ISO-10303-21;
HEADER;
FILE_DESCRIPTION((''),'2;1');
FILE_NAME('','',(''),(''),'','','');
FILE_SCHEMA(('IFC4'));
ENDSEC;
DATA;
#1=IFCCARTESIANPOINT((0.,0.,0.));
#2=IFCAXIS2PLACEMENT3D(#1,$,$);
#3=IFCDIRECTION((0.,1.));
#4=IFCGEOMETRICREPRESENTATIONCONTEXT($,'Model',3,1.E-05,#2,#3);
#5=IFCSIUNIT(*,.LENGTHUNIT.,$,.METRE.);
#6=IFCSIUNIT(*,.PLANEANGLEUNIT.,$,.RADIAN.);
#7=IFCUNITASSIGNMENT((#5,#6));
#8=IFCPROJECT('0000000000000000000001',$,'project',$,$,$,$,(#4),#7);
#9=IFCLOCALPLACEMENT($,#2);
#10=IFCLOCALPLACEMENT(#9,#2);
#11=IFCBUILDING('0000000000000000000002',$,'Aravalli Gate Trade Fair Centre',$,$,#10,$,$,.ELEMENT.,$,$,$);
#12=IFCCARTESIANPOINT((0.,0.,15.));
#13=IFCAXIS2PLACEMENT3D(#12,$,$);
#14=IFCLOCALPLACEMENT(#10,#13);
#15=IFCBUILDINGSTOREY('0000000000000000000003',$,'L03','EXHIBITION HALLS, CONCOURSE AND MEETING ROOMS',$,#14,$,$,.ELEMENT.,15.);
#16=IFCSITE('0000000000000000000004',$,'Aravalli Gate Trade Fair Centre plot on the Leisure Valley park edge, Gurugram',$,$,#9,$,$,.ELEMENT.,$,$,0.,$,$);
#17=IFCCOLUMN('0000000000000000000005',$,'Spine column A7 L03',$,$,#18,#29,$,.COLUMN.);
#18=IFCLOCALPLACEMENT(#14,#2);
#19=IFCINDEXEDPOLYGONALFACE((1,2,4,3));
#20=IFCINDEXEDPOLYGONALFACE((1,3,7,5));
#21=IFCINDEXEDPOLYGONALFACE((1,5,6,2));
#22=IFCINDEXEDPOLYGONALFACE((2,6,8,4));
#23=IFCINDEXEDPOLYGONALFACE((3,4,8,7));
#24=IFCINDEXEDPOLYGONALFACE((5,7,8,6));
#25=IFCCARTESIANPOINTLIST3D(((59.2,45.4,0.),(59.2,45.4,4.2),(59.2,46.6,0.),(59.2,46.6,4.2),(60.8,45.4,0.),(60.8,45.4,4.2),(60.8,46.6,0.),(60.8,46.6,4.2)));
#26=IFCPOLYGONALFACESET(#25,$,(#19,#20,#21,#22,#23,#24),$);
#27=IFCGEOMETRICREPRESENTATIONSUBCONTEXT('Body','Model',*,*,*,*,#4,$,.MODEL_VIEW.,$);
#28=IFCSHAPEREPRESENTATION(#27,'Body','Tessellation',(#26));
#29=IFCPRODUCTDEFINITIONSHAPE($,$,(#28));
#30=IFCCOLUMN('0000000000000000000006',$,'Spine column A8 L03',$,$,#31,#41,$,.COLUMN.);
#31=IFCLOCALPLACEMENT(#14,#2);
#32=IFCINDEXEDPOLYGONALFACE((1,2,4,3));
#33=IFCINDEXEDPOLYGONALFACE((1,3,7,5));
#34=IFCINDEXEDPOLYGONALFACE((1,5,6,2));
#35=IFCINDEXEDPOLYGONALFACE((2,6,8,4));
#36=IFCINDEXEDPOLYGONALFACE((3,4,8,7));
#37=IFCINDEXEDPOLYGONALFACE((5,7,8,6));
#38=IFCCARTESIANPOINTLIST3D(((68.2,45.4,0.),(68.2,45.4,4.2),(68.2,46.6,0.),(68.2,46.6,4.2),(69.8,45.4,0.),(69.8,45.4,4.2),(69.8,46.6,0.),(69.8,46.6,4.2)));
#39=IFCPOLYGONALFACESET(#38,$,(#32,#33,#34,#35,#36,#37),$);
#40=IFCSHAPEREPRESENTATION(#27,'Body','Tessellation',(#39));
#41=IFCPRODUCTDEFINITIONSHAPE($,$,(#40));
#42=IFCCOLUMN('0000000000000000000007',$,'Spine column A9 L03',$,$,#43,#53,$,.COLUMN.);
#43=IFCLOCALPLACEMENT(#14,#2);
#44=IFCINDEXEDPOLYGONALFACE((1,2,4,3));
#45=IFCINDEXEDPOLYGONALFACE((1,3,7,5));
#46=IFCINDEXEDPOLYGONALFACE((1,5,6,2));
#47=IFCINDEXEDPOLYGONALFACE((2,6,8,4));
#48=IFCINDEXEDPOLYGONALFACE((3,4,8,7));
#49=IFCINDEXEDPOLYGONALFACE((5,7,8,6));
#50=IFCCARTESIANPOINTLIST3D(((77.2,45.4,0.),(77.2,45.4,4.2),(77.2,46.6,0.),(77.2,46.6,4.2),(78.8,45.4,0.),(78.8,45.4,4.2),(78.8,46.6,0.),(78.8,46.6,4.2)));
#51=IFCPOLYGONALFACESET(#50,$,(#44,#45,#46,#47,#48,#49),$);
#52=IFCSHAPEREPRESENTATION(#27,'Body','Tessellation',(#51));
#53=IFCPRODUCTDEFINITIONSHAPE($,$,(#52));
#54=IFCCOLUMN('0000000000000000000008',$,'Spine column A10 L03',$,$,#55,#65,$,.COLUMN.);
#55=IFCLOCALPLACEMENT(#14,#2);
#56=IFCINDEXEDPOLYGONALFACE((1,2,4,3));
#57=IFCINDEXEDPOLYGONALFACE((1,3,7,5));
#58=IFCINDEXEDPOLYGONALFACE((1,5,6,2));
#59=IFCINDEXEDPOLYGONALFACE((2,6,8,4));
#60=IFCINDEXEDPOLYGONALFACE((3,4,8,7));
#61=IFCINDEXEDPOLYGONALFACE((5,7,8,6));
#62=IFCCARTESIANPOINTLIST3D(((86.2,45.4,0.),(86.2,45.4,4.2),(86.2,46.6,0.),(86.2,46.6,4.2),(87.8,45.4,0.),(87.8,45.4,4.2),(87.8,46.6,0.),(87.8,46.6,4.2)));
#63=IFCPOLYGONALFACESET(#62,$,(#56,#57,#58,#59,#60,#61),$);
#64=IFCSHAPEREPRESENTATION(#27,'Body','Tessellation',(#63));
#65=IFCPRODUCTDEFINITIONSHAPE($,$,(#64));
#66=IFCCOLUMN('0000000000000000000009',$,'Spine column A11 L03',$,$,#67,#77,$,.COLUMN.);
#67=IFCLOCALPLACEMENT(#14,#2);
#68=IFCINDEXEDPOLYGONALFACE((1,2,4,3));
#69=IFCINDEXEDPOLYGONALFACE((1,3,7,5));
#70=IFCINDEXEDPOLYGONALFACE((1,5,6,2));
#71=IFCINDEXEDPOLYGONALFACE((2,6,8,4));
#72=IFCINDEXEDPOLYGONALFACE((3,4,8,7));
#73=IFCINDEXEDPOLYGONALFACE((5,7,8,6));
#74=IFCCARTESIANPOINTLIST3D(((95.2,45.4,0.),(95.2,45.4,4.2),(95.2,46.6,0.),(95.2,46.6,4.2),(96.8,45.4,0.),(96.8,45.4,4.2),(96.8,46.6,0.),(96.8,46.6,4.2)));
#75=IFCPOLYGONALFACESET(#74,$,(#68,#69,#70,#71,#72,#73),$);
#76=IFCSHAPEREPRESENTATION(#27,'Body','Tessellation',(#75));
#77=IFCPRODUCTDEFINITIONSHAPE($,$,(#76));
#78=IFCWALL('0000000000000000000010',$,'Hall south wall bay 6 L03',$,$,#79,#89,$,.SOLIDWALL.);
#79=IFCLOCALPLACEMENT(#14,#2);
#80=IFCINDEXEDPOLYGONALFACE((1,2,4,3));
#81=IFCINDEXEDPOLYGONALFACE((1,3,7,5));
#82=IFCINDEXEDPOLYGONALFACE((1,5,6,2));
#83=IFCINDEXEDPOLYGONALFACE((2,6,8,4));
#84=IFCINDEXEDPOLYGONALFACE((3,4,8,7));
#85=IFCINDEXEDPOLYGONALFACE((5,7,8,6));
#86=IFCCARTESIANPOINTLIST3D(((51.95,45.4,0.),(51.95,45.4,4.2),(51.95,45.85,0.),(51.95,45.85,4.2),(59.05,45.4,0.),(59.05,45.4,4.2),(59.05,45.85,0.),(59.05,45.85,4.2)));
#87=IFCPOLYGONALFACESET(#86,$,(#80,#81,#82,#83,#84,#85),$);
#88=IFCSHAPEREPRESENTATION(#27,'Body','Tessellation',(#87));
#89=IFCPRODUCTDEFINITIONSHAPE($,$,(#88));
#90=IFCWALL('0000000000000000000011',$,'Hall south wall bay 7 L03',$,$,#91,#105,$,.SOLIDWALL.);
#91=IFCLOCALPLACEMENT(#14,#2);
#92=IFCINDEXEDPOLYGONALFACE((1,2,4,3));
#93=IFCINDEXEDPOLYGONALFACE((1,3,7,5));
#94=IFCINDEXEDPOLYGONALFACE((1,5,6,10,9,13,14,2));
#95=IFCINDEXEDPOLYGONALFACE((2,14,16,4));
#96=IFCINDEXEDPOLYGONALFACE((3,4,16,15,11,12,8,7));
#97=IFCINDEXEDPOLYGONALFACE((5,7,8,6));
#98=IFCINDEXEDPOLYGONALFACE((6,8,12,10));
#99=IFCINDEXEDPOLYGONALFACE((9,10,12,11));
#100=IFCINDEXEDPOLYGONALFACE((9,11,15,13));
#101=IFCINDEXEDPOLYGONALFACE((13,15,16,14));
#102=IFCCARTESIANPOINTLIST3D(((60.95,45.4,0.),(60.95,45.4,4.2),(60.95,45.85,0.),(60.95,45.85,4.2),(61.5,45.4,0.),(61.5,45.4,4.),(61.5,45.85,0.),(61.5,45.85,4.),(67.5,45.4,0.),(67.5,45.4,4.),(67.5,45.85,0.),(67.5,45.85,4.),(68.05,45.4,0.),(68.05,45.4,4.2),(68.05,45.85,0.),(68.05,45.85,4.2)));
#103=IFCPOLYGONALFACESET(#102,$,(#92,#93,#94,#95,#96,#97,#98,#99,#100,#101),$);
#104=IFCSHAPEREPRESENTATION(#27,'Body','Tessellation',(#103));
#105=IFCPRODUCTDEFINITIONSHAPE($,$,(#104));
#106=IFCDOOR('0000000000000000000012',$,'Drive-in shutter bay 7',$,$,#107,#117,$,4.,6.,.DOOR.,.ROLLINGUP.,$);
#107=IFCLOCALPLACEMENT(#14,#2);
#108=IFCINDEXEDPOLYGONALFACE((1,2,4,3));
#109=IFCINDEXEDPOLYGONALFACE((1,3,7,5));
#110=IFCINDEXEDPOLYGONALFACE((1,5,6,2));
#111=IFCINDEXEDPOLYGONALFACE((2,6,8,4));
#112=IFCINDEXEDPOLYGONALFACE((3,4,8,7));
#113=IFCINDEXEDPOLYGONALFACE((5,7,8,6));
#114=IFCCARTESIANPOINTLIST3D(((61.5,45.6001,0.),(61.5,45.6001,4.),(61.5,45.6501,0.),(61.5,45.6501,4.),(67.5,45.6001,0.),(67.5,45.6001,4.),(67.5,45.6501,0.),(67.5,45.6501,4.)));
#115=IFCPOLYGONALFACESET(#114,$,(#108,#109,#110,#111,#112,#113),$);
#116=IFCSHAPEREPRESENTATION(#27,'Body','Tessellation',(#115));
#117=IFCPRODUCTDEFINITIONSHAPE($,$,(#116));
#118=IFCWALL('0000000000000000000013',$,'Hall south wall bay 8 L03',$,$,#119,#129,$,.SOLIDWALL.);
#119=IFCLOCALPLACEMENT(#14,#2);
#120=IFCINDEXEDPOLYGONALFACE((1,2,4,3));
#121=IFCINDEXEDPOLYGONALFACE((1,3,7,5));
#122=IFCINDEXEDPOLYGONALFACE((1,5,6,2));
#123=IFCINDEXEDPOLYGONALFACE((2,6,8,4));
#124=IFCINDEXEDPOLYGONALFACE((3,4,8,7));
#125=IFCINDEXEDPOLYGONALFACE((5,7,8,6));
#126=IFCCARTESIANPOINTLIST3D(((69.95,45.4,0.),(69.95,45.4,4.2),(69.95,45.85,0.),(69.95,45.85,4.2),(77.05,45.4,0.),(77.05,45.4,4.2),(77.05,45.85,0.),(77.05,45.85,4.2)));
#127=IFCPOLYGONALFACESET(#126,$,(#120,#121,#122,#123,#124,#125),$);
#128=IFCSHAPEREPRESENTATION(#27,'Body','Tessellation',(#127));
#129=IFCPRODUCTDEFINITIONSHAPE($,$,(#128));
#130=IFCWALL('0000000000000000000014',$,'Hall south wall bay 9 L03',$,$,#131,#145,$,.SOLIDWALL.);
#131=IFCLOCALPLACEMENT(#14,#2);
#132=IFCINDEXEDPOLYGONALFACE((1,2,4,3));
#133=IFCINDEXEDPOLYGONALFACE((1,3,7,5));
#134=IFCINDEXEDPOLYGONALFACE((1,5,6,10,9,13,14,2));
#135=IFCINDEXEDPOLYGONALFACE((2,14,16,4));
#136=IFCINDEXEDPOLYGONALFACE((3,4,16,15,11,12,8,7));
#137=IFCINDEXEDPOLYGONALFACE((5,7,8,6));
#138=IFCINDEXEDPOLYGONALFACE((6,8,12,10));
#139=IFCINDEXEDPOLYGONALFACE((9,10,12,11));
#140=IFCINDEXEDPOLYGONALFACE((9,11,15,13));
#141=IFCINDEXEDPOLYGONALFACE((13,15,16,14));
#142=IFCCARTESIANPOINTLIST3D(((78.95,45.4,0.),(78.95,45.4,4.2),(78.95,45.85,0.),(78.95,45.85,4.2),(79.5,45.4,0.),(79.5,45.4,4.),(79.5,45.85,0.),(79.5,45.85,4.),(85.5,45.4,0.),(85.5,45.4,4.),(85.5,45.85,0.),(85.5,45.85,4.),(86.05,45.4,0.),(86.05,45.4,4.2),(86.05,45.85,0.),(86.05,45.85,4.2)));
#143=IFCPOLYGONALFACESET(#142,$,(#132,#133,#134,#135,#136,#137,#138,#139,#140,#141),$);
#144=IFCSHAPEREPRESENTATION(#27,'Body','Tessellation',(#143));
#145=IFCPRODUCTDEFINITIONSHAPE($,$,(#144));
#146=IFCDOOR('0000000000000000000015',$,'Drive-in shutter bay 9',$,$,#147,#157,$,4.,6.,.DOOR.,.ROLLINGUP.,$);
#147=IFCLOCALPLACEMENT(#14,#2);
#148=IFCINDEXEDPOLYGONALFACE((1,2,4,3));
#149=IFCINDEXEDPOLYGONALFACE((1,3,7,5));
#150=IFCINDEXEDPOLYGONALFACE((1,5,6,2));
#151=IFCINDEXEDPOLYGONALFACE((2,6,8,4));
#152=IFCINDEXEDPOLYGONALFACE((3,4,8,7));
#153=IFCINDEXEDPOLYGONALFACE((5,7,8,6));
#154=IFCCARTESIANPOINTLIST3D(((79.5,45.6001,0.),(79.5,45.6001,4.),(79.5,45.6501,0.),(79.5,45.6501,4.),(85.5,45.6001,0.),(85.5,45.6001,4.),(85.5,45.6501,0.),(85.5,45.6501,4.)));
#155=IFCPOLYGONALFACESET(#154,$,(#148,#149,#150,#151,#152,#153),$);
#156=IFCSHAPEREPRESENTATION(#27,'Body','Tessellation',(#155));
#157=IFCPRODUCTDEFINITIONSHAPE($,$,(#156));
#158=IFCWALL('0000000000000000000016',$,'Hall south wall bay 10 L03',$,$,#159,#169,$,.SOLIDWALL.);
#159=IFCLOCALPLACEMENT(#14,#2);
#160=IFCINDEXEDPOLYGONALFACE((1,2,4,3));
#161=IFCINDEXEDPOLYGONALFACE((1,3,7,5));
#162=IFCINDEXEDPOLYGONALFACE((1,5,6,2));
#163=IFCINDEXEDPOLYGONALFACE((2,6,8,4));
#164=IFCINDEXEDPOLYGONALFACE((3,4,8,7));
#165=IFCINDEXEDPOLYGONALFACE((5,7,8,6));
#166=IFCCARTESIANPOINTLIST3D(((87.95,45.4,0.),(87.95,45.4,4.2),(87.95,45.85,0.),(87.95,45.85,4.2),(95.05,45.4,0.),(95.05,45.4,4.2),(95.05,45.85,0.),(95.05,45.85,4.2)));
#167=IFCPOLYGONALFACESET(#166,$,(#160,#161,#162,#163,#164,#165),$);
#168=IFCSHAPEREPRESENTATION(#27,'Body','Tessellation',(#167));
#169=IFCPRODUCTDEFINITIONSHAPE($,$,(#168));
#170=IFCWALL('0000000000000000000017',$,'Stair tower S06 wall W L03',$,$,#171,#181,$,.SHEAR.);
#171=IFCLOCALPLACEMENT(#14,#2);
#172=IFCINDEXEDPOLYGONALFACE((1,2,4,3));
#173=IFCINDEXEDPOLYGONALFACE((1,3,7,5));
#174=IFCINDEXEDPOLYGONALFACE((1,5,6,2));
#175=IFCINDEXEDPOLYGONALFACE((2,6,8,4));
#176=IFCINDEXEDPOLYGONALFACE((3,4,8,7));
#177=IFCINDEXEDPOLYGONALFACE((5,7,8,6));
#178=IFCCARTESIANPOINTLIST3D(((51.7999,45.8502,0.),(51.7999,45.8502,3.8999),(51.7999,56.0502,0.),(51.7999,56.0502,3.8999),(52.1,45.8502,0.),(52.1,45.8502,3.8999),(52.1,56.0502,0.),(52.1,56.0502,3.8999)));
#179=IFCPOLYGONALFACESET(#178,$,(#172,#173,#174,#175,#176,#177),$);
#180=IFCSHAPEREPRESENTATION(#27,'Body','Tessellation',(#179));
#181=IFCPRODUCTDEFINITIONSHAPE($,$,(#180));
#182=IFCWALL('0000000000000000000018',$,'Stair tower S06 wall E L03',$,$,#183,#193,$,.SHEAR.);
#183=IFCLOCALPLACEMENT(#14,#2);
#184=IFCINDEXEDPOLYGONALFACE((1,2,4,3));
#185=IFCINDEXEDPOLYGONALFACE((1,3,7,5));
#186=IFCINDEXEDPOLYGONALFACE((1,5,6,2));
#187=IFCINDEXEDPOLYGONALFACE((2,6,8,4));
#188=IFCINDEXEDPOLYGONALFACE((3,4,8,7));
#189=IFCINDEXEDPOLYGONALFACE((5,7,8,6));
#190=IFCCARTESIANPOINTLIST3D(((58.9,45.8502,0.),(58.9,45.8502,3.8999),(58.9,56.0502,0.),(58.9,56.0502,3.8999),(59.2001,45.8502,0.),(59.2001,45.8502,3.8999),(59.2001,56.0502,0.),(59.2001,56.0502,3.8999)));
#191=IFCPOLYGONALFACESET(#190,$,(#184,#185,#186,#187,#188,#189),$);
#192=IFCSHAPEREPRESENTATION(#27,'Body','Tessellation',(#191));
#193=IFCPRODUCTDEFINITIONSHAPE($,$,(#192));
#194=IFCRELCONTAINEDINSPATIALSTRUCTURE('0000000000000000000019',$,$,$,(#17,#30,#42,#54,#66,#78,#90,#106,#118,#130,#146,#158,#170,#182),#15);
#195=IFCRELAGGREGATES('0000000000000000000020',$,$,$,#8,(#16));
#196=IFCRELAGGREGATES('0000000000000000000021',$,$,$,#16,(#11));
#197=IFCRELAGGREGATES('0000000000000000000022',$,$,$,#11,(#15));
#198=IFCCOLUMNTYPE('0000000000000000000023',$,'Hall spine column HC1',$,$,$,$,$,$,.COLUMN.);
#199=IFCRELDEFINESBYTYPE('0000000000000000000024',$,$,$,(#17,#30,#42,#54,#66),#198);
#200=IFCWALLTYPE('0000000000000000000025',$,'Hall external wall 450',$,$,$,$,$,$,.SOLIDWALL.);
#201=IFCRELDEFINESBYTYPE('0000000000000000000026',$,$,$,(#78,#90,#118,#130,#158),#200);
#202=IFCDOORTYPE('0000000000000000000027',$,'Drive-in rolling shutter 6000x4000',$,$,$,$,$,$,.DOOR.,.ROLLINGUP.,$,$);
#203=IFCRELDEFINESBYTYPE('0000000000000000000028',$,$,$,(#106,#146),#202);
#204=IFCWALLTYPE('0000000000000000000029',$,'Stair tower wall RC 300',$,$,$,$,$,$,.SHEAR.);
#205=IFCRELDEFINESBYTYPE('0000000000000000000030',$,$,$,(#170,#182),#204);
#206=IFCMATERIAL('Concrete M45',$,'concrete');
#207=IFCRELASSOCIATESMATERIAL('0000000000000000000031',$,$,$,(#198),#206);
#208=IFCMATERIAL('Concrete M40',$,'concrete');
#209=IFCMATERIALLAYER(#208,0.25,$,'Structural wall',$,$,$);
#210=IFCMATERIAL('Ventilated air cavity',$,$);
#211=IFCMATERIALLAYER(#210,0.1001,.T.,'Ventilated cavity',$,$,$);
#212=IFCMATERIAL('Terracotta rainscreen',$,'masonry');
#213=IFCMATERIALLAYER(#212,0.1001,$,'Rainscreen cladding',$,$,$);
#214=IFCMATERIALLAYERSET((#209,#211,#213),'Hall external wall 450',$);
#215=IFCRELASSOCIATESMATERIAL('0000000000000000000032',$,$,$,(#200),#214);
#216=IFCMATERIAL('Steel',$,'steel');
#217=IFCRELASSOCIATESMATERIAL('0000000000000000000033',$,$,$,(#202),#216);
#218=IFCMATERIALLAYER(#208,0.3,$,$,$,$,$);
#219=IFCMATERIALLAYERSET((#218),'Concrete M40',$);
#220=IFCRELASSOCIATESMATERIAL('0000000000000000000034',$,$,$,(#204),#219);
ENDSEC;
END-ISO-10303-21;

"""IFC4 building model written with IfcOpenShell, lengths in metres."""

from ifc_helpers import new_model, si_unit, direction, frame, frame_2d, origin, origin_2d, place, context, subcontext, project, spatial, rectangle, extrude, material, layer, layer_set, material_profile, profile_set, type_object, element, fill, save


model = new_model("IFC4")

# Units and contexts
model_context = context("Model", 3, precision=1e-05, world=origin(), true_north=direction((0.0, 1.0)))
body_context = subcontext(model_context, "Body", "Model", "MODEL_VIEW")
ifc_project = project(units=[si_unit("LENGTHUNIT", "METRE"), si_unit("PLANEANGLEUNIT", "RADIAN")], contexts=[model_context])

# Site, building, storey
site_placement = place(None, origin())
site = spatial("IfcSite", under=ifc_project, at=site_placement, Name="Aravalli Gate Trade Fair Centre plot on the Leisure Valley park edge, Gurugram", CompositionType="ELEMENT", RefElevation=0.0)
building_placement = place(site_placement, origin())
building = spatial("IfcBuilding", under=site, at=building_placement, Name="Aravalli Gate Trade Fair Centre", CompositionType="ELEMENT")
storey_placement = place(building_placement, frame((0.0, 0.0, 15.0)))
storey = spatial("IfcBuildingStorey", under=building, at=storey_placement, Name="L03", Description="EXHIBITION HALLS, CONCOURSE AND MEETING ROOMS", CompositionType="ELEMENT", Elevation=15.0)

# Columns
ifc_material_1 = material(Name="Concrete M45", Category="concrete")
ifc_material_profile = material_profile(ifc_material_1, rectangle(XDim=1.6001, YDim=1.2, at=origin_2d()), Name="RC 1600x1200")
ifc_profile_set = profile_set([ifc_material_profile], Name="Concrete M45")
column_type = type_object("IfcColumnType", Name="Hall spine column HC1", PredefinedType="COLUMN", material=ifc_profile_set)
for number, where, z_axis, x_axis, name in (
    (1, (60.0, 46.0, 0.0), (0.0, 0.0, 1.0), (1.0, 0.0, 0.0), "Spine column A7 L03"),
    (2, (69.0, 46.0, 0.0), (0.0, 0.0, 1.0), (1.0, 0.0, 0.0), "Spine column A8 L03"),
    (3, (78.0, 46.0, 0.0), (0.0, 0.0, 1.0), (1.0, 0.0, 0.0), "Spine column A9 L03"),
    (4, (87.0, 46.0, 0.0), (0.0, 0.0, 1.0), (1.0, 0.0, 0.0), "Spine column A10 L03"),
    (5, (96.0, 46.0, 0.0), (0.0, 0.0, 1.0), (1.0, 0.0, 0.0), "Spine column A11 L03"),
):
    element("IfcColumn", number, at=place(storey_placement, frame(where, z_axis=z_axis, x_axis=x_axis)), inside=storey, type_object=column_type, Name=name, PredefinedType="COLUMN", context=body_context, shape_type="SweptSolid", body=[
        extrude(rectangle(XDim=1.6001, YDim=1.2, at=origin_2d()), origin(), (0.0, 0.0, 1.0), 4.2),
    ])

# Wall
ifc_material_2 = material(Name="Concrete M40", Category="concrete")
ifc_layer_1 = layer(ifc_material_2, 0.25, Name="Structural wall")
ifc_material_3 = material(Name="Ventilated air cavity")
ifc_layer_2 = layer(ifc_material_3, 0.1001, ventilated=True, Name="Ventilated cavity")
ifc_material_4 = material(Name="Terracotta rainscreen", Category="masonry")
ifc_layer_3 = layer(ifc_material_4, 0.1001, Name="Rainscreen cladding")
ifc_layer_set_1 = layer_set([ifc_layer_1, ifc_layer_2, ifc_layer_3], Name="Hall external wall 450")
wall_type_1 = type_object("IfcWallType", Name="Hall external wall 450", PredefinedType="SOLIDWALL", material=ifc_layer_set_1)
wall_1_placement = place(storey_placement, frame((51.95, 45.625, 0.0), z_axis=(0.0, 0.0, 1.0), x_axis=(1.0, 0.0, 0.0)))
element("IfcWall", 6, at=wall_1_placement, inside=storey, type_object=wall_type_1, Name="Hall south wall bay 6 L03", PredefinedType="SOLIDWALL", context=body_context, shape_type="SweptSolid", body=[
    extrude(rectangle(XDim=7.1001, YDim=0.45, at=frame_2d((3.55, 0.0))), origin(), (0.0, 0.0, 1.0), 4.2),
])

# Wall, opening, door
wall_2_placement = place(storey_placement, frame((60.95, 45.625, 0.0), z_axis=(0.0, 0.0, 1.0), x_axis=(1.0, 0.0, 0.0)))
wall_2 = element("IfcWall", 7, at=wall_2_placement, inside=storey, type_object=wall_type_1, Name="Hall south wall bay 7 L03", PredefinedType="SOLIDWALL", context=body_context, shape_type="SweptSolid", body=[
    extrude(rectangle(XDim=7.1001, YDim=0.45, at=frame_2d((3.55, 0.0))), origin(), (0.0, 0.0, 1.0), 4.2),
])
opening_1_placement = place(wall_2_placement, frame((0.55, 0.0, 0.0)))
opening_1 = element("IfcOpeningElement", 8, at=opening_1_placement, cuts=wall_2, PredefinedType="OPENING", context=body_context, shape_type="SweptSolid", body=[
    extrude(rectangle(XDim=6.0, YDim=4.0, at=frame_2d((3.0, 2.0))), frame((0.0, 0.2349, 0.0), z_axis=(0.0, -1.0, 0.0), x_axis=(1.0, 0.0, 0.0)), (0.0, 0.0, 1.0), 0.47),
])
ifc_material_5 = material(Name="Steel", Category="steel")
door_type = type_object("IfcDoorType", Name="Drive-in rolling shutter 6000x4000", OperationType="ROLLINGUP", PredefinedType="DOOR", material=ifc_material_5)
door_1_placement = place(opening_1_placement, frame((6.0, 0.0, 0.0), z_axis=(0.0, 0.0, 1.0), x_axis=(-1.0, 0.0, 0.0)))
door_1 = element("IfcDoor", 9, at=door_1_placement, inside=storey, type_object=door_type, Name="Drive-in shutter bay 7", OperationType="ROLLINGUP", OverallHeight=4.0, OverallWidth=6.0, PredefinedType="DOOR", context=body_context, shape_type="SweptSolid", body=[
    extrude(rectangle(XDim=6.0, YDim=4.0, at=frame_2d((3.0, 2.0))), frame((0.0, 0.0249, 0.0), z_axis=(0.0, -1.0, 0.0), x_axis=(1.0, 0.0, 0.0)), (0.0, 0.0, 1.0), 0.05),
])
fill(opening_1, door_1)

# Wall
wall_3_placement = place(storey_placement, frame((69.95, 45.625, 0.0), z_axis=(0.0, 0.0, 1.0), x_axis=(1.0, 0.0, 0.0)))
element("IfcWall", 10, at=wall_3_placement, inside=storey, type_object=wall_type_1, Name="Hall south wall bay 8 L03", PredefinedType="SOLIDWALL", context=body_context, shape_type="SweptSolid", body=[
    extrude(rectangle(XDim=7.1001, YDim=0.45, at=frame_2d((3.55, 0.0))), origin(), (0.0, 0.0, 1.0), 4.2),
])

# Wall, opening, door
wall_4_placement = place(storey_placement, frame((78.95, 45.625, 0.0), z_axis=(0.0, 0.0, 1.0), x_axis=(1.0, 0.0, 0.0)))
wall_4 = element("IfcWall", 11, at=wall_4_placement, inside=storey, type_object=wall_type_1, Name="Hall south wall bay 9 L03", PredefinedType="SOLIDWALL", context=body_context, shape_type="SweptSolid", body=[
    extrude(rectangle(XDim=7.1001, YDim=0.45, at=frame_2d((3.55, 0.0))), origin(), (0.0, 0.0, 1.0), 4.2),
])
opening_2_placement = place(wall_4_placement, frame((0.55, 0.0, 0.0)))
opening_2 = element("IfcOpeningElement", 12, at=opening_2_placement, cuts=wall_4, PredefinedType="OPENING", context=body_context, shape_type="SweptSolid", body=[
    extrude(rectangle(XDim=6.0, YDim=4.0, at=frame_2d((3.0, 2.0))), frame((0.0, 0.2349, 0.0), z_axis=(0.0, -1.0, 0.0), x_axis=(1.0, 0.0, 0.0)), (0.0, 0.0, 1.0), 0.47),
])
door_2_placement = place(opening_2_placement, frame((6.0, 0.0, 0.0), z_axis=(0.0, 0.0, 1.0), x_axis=(-1.0, 0.0, 0.0)))
door_2 = element("IfcDoor", 13, at=door_2_placement, inside=storey, type_object=door_type, Name="Drive-in shutter bay 9", OperationType="ROLLINGUP", OverallHeight=4.0, OverallWidth=6.0, PredefinedType="DOOR", context=body_context, shape_type="SweptSolid", body=[
    extrude(rectangle(XDim=6.0, YDim=4.0, at=frame_2d((3.0, 2.0))), frame((0.0, 0.0249, 0.0), z_axis=(0.0, -1.0, 0.0), x_axis=(1.0, 0.0, 0.0)), (0.0, 0.0, 1.0), 0.05),
])
fill(opening_2, door_2)

# Walls
wall_5_placement = place(storey_placement, frame((87.95, 45.625, 0.0), z_axis=(0.0, 0.0, 1.0), x_axis=(1.0, 0.0, 0.0)))
element("IfcWall", 14, at=wall_5_placement, inside=storey, type_object=wall_type_1, Name="Hall south wall bay 10 L03", PredefinedType="SOLIDWALL", context=body_context, shape_type="SweptSolid", body=[
    extrude(rectangle(XDim=7.1001, YDim=0.45, at=frame_2d((3.55, 0.0))), origin(), (0.0, 0.0, 1.0), 4.2),
])
ifc_layer_4 = layer(ifc_material_2, 0.3)
ifc_layer_set_2 = layer_set([ifc_layer_4], Name="Concrete M40")
wall_type_2 = type_object("IfcWallType", Name="Stair tower wall RC 300", PredefinedType="SHEAR", material=ifc_layer_set_2)
for number, where, z_axis, x_axis, name in (
    (15, (51.95, 45.8501, 0.0), (0.0, 0.0, 1.0), (0.0, 1.0, 0.0), "Stair tower S06 wall W L03"),
    (16, (59.05, 45.8501, 0.0), (0.0, 0.0, 1.0), (0.0, 1.0, 0.0), "Stair tower S06 wall E L03"),
):
    element("IfcWall", number, at=place(storey_placement, frame(where, z_axis=z_axis, x_axis=x_axis)), inside=storey, type_object=wall_type_2, Name=name, PredefinedType="SHEAR", context=body_context, shape_type="SweptSolid", body=[
        extrude(rectangle(XDim=10.2, YDim=0.3, at=frame_2d((5.1001, 0.0))), origin(), (0.0, 0.0, 1.0), 3.8999),
    ])

save(model, "model.ifc")
